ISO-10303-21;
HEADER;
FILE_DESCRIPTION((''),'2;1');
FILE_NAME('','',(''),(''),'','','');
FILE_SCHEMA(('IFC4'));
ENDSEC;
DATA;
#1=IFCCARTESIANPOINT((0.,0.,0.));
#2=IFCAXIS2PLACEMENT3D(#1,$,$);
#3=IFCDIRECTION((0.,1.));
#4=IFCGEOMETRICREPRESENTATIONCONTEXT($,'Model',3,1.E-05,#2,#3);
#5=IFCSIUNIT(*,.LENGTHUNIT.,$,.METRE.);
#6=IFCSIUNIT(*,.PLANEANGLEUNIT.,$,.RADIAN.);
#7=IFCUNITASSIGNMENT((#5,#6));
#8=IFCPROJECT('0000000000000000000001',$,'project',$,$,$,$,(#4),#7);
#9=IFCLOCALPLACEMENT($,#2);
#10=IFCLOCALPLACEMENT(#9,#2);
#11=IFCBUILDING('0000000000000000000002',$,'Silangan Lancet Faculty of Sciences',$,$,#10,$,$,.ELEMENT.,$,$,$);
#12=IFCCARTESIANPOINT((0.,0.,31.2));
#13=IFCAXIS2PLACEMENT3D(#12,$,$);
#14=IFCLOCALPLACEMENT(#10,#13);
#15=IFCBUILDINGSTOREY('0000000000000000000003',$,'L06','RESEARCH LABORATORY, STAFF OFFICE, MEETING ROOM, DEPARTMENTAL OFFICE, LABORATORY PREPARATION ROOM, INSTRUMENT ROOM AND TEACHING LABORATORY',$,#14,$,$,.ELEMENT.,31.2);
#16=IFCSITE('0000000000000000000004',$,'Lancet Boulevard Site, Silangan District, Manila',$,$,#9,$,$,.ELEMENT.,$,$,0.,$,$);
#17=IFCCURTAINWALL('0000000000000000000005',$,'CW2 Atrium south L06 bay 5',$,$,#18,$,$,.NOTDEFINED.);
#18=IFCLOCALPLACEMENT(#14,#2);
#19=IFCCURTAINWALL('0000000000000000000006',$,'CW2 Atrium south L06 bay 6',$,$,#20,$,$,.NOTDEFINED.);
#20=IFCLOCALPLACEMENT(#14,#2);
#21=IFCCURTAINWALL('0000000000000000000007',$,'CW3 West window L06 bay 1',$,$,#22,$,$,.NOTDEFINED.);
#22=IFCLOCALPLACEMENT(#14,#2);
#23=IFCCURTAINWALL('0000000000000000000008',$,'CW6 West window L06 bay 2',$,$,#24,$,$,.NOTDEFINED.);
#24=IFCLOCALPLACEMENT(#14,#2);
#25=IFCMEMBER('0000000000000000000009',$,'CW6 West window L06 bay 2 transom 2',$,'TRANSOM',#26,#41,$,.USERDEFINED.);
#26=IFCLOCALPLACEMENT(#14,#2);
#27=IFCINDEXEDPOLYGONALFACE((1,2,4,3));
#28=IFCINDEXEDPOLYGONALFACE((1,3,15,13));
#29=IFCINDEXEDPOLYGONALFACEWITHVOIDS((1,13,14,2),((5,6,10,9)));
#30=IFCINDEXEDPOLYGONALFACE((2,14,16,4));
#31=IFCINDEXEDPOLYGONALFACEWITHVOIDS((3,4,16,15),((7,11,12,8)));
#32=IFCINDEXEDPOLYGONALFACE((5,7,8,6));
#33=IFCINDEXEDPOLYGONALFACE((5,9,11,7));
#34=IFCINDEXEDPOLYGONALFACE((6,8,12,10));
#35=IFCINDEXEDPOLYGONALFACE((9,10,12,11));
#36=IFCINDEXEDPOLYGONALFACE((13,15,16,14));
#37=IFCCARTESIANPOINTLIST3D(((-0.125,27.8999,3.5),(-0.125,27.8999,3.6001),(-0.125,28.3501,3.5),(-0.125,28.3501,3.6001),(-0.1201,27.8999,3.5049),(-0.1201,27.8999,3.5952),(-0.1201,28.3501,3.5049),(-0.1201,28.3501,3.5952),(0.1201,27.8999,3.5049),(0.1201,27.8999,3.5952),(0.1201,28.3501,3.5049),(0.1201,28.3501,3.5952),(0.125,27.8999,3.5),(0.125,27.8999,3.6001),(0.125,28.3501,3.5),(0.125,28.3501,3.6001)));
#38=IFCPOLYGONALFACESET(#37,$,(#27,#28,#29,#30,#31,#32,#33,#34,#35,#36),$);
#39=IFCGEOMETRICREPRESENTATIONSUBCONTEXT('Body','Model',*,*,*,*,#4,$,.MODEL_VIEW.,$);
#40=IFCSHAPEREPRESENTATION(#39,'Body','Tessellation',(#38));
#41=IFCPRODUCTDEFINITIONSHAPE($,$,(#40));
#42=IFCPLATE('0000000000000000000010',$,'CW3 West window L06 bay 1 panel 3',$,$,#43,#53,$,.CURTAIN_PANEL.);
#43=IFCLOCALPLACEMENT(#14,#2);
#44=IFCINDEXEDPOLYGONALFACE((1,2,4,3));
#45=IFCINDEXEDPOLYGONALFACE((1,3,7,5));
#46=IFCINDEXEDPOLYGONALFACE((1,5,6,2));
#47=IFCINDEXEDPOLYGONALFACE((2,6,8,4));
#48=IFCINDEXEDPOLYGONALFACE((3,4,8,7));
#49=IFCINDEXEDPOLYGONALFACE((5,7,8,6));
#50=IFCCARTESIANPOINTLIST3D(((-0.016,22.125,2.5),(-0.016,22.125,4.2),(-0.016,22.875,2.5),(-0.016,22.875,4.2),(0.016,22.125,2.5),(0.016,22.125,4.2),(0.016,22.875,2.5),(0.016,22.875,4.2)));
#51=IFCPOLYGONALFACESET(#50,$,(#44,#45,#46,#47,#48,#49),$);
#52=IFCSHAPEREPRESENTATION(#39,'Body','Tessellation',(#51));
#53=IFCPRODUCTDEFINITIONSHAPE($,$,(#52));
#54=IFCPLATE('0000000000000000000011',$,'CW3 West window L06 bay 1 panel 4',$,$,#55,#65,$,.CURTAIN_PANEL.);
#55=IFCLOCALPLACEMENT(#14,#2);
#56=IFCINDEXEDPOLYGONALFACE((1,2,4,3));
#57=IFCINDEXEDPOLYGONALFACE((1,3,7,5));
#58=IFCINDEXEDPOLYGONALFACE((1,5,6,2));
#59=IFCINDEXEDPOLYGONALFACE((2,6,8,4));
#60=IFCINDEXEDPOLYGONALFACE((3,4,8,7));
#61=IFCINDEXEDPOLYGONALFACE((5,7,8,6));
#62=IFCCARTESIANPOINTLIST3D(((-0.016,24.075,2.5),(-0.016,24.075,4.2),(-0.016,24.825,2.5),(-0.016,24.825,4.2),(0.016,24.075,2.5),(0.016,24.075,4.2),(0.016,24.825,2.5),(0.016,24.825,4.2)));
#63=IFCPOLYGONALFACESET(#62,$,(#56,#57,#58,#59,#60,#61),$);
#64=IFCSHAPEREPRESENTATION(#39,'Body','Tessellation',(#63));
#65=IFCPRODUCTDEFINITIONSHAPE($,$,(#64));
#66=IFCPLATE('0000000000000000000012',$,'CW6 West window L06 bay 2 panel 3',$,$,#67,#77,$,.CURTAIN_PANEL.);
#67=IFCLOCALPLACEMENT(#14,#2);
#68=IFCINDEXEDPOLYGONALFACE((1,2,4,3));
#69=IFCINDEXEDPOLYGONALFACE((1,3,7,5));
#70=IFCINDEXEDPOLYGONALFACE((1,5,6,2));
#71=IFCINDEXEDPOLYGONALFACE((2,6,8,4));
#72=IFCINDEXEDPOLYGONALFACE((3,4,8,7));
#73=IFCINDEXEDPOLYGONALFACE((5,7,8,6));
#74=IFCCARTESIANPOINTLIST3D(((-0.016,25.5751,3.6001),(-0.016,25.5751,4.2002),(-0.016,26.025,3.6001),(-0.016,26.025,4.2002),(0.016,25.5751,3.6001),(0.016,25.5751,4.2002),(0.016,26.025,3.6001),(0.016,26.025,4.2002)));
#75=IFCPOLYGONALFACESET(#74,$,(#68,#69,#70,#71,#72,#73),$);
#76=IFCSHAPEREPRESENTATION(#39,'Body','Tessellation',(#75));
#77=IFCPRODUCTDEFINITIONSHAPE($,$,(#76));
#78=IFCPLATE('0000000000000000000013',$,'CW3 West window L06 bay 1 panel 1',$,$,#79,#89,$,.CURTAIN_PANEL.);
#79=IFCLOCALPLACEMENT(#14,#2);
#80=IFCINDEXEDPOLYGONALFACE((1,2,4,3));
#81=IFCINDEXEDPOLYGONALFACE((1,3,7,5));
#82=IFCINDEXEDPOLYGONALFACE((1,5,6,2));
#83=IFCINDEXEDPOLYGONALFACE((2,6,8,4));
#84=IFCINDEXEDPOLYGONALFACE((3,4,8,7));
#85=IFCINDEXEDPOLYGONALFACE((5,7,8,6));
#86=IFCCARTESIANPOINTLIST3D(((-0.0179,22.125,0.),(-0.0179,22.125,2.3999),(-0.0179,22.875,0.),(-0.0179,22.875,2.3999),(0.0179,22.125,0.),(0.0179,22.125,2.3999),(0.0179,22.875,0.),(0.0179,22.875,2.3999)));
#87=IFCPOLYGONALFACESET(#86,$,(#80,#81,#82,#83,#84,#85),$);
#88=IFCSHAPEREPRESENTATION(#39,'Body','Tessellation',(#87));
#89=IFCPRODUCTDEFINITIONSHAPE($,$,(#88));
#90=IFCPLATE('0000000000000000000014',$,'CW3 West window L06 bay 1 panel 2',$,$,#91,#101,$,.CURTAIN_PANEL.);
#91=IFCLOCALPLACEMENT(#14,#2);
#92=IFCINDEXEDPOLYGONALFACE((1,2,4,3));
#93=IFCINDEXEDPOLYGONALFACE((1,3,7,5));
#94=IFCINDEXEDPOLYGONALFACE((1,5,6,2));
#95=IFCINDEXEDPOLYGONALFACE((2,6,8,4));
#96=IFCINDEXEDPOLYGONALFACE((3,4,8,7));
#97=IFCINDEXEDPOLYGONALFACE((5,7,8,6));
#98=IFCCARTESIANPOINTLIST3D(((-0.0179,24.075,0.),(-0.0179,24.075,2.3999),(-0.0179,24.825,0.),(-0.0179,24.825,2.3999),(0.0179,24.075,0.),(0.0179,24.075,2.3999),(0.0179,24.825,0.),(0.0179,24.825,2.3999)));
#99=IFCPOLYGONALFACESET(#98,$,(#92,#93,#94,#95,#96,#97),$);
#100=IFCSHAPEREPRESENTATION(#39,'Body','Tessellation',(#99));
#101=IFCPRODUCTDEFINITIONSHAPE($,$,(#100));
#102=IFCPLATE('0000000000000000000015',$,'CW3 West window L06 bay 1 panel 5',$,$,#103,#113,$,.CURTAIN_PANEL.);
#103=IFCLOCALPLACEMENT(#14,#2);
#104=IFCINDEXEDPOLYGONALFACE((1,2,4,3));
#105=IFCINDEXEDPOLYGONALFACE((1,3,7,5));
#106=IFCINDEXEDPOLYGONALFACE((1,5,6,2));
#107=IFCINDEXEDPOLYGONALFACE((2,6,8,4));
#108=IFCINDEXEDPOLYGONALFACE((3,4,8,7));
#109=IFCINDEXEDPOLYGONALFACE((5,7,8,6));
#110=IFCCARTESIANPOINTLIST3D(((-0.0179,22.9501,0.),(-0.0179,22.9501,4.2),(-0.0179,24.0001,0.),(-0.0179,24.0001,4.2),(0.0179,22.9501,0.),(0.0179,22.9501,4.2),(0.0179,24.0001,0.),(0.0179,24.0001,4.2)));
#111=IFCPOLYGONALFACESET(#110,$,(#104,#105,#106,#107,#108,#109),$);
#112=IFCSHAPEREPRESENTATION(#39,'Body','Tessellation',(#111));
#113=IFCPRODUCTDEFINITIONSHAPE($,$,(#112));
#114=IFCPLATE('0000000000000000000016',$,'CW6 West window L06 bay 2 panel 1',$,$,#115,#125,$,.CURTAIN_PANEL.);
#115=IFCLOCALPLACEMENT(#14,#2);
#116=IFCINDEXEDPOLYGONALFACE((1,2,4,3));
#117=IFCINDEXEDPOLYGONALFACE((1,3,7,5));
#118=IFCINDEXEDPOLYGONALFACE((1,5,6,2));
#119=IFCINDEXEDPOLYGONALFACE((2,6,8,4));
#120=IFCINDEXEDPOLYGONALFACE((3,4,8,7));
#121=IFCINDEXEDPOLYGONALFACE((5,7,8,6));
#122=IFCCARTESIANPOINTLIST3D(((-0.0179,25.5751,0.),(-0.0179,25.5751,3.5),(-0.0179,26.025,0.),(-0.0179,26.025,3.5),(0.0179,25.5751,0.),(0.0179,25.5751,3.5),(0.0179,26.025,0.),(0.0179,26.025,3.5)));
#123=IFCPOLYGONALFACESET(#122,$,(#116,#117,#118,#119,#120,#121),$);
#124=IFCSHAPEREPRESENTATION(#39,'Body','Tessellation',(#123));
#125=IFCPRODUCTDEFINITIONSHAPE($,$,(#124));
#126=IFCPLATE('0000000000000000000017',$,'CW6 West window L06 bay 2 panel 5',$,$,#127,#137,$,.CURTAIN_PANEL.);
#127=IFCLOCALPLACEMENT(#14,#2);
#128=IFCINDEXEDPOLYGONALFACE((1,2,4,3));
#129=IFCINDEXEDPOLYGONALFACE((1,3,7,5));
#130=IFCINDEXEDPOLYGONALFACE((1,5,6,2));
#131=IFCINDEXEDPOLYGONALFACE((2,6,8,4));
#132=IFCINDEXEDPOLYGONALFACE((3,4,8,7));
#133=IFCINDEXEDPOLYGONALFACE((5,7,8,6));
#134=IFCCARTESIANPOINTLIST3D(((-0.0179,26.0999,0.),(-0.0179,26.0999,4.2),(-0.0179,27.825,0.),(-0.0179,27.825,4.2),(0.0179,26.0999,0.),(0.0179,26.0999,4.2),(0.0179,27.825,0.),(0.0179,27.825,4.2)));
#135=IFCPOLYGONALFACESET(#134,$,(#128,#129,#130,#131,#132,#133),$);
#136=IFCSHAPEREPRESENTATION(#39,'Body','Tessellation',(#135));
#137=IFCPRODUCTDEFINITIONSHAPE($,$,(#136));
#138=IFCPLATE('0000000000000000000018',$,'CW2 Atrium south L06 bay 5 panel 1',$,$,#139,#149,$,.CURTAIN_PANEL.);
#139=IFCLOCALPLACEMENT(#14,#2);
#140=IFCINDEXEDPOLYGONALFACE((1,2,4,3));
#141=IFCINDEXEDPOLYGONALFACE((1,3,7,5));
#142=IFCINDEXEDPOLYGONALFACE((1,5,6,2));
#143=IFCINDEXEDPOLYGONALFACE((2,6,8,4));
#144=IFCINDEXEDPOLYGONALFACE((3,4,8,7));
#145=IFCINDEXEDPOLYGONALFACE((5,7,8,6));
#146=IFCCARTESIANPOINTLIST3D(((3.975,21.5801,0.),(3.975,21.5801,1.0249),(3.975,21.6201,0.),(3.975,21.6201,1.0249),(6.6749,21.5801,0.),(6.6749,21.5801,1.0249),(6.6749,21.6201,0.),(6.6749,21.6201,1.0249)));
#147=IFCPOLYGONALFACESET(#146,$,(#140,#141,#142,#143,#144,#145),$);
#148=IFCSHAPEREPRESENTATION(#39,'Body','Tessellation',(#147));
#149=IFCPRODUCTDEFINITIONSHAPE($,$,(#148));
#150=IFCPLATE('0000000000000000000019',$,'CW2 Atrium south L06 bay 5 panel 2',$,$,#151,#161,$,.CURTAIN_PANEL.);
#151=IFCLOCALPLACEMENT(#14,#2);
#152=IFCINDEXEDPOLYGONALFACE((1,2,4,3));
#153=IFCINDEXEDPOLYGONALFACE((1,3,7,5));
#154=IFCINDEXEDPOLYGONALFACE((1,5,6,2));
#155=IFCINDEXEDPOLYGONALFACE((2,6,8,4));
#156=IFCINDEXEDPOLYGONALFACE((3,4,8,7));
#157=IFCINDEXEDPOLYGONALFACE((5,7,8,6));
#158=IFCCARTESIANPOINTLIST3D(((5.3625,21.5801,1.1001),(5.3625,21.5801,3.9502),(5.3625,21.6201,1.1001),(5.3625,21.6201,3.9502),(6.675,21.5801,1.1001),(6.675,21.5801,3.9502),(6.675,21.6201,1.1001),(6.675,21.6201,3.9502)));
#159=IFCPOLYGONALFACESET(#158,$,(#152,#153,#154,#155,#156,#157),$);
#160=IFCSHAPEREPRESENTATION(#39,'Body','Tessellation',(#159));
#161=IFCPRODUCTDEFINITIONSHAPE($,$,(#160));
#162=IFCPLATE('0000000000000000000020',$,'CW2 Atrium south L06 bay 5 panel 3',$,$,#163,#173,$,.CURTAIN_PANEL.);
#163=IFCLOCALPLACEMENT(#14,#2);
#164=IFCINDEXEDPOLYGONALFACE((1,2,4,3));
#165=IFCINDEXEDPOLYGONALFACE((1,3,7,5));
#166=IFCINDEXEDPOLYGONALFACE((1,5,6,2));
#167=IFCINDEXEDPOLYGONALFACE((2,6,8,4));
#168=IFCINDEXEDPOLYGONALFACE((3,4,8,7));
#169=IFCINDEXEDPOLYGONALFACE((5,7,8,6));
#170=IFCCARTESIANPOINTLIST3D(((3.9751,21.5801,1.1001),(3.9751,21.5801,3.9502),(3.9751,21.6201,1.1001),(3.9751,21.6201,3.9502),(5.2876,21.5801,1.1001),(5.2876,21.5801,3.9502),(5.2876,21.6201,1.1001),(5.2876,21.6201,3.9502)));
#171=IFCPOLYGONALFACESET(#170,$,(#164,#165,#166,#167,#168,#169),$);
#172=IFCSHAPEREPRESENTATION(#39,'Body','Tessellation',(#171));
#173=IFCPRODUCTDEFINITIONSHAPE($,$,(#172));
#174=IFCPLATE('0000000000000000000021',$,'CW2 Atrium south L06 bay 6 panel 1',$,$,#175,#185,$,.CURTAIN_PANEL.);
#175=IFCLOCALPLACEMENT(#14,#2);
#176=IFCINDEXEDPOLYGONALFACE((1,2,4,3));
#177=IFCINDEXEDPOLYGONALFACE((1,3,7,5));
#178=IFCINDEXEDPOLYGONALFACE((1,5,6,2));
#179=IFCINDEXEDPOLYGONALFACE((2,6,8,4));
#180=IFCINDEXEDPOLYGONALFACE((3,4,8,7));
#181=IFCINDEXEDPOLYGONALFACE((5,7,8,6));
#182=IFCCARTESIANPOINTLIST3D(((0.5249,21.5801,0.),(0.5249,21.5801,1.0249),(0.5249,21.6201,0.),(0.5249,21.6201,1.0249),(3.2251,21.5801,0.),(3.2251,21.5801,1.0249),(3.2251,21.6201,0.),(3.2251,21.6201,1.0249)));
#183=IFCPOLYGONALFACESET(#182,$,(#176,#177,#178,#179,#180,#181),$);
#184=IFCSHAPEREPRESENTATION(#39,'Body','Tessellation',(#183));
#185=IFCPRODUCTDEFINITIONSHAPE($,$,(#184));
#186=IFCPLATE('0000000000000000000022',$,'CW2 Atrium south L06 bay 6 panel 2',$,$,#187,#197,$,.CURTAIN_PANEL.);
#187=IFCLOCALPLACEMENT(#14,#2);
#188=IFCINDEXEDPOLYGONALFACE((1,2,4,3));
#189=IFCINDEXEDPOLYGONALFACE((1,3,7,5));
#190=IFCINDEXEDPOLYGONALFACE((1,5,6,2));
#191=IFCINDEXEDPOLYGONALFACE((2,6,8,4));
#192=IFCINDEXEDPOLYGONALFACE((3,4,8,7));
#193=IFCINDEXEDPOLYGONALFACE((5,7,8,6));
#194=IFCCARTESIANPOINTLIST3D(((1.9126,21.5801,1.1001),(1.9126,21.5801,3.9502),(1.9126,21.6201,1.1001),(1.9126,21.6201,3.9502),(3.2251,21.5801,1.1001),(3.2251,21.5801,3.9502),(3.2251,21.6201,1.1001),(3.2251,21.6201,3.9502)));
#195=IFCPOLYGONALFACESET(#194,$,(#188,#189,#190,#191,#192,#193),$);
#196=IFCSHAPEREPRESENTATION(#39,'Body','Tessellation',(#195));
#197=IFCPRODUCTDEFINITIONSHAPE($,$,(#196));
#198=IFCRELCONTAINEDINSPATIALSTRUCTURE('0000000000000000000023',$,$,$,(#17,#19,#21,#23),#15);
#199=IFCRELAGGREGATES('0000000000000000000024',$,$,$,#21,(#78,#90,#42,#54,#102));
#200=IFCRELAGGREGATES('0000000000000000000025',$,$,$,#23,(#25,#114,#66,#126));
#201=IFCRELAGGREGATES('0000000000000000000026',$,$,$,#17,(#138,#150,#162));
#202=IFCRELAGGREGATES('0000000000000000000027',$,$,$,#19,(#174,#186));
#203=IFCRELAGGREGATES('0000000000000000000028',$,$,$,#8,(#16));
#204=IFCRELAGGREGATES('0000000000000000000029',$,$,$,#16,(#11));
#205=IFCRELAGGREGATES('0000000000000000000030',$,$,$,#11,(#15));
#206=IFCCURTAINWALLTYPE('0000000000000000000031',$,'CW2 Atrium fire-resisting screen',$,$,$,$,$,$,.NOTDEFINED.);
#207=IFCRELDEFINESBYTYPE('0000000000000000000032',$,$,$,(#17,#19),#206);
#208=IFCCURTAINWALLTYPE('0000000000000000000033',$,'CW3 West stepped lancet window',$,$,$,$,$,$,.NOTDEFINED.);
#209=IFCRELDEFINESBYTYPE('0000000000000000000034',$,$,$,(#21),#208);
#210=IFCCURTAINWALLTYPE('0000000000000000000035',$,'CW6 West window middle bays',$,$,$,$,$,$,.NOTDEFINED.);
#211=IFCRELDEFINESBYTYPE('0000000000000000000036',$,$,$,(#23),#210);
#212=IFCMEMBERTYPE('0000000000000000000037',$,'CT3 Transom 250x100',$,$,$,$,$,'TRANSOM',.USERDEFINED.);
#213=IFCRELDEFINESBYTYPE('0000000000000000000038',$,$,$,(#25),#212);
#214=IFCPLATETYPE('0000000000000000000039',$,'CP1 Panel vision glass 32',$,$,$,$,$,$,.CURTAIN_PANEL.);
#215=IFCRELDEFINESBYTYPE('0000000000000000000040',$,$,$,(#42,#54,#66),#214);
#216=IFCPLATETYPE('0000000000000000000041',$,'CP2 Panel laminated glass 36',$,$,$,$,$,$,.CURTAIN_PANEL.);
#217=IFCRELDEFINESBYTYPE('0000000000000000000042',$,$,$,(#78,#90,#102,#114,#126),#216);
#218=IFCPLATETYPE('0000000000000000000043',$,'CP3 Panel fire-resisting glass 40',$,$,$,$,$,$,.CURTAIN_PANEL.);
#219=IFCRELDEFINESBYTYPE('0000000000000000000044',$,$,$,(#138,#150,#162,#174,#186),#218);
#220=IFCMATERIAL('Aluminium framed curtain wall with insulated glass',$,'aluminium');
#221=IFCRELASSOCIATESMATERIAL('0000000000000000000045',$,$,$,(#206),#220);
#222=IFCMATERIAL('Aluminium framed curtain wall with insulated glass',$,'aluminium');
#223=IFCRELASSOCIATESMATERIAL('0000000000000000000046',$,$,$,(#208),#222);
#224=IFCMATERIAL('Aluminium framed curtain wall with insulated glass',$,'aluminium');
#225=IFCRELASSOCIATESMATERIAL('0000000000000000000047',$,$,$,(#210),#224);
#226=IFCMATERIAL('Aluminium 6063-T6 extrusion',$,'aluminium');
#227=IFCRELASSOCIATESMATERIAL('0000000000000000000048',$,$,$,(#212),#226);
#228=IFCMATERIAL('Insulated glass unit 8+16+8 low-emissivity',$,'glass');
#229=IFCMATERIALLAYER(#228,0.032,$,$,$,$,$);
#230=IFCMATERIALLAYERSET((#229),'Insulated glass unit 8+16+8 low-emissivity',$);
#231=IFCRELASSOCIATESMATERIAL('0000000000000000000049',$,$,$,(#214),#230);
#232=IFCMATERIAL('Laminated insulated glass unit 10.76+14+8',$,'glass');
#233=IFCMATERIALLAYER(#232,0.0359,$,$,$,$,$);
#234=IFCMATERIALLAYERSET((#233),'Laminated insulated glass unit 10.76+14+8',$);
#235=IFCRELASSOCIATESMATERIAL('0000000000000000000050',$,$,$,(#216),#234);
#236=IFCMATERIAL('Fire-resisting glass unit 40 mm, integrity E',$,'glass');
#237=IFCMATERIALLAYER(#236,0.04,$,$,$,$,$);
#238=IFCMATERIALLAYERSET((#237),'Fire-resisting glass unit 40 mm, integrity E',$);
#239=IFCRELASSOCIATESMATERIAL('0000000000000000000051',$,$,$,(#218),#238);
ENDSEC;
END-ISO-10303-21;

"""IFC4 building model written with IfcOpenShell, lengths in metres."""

from ifc_helpers import new_model, si_unit, direction, frame, origin, origin_2d, place, context, subcontext, project, spatial, rectangle, hollow_rectangle, extrude, material, layer, layer_set, material_profile, profile_set, type_object, element, aggregate, save


model = new_model("IFC4")

# Units and contexts
model_context = context("Model", 3, precision=1e-05, world=origin(), true_north=direction((0.0, 1.0)))
body_context = subcontext(model_context, "Body", "Model", "MODEL_VIEW")
ifc_project = project(units=[si_unit("LENGTHUNIT", "METRE"), si_unit("PLANEANGLEUNIT", "RADIAN")], contexts=[model_context])

# Site, building, storey
site_placement = place(None, origin())
site = spatial("IfcSite", under=ifc_project, at=site_placement, Name="Lancet Boulevard Site, Silangan District, Manila", CompositionType="ELEMENT", RefElevation=0.0)
building_placement = place(site_placement, origin())
building = spatial("IfcBuilding", under=site, at=building_placement, Name="Silangan Lancet Faculty of Sciences", CompositionType="ELEMENT")
storey_placement = place(building_placement, frame((0.0, 0.0, 31.2)))
storey = spatial("IfcBuildingStorey", under=building, at=storey_placement, Name="L06", Description="RESEARCH LABORATORY, STAFF OFFICE, MEETING ROOM, DEPARTMENTAL OFFICE, LABORATORY PREPARATION ROOM, INSTRUMENT ROOM AND TEACHING LABORATORY", CompositionType="ELEMENT", Elevation=31.2)

# Curtain walls
ifc_material_1 = material(Name="Aluminium framed curtain wall with insulated glass", Category="aluminium")
curtain_wall_type_1 = type_object("IfcCurtainWallType", Name="CW2 Atrium fire-resisting screen", PredefinedType="NOTDEFINED", material=ifc_material_1)
curtain_wall_1_placement = place(storey_placement, origin())
curtain_wall_1 = element("IfcCurtainWall", 1, at=curtain_wall_1_placement, inside=storey, type_object=curtain_wall_type_1, Name="CW2 Atrium south L06 bay 5", PredefinedType="NOTDEFINED")
curtain_wall_2_placement = place(storey_placement, origin())
curtain_wall_2 = element("IfcCurtainWall", 2, at=curtain_wall_2_placement, inside=storey, type_object=curtain_wall_type_1, Name="CW2 Atrium south L06 bay 6", PredefinedType="NOTDEFINED")
ifc_material_2 = material(Name="Aluminium framed curtain wall with insulated glass", Category="aluminium")
curtain_wall_type_2 = type_object("IfcCurtainWallType", Name="CW3 West stepped lancet window", PredefinedType="NOTDEFINED", material=ifc_material_2)
curtain_wall_3_placement = place(storey_placement, origin())
curtain_wall_3 = element("IfcCurtainWall", 3, at=curtain_wall_3_placement, inside=storey, type_object=curtain_wall_type_2, Name="CW3 West window L06 bay 1", PredefinedType="NOTDEFINED")
ifc_material_3 = material(Name="Aluminium framed curtain wall with insulated glass", Category="aluminium")
curtain_wall_type_3 = type_object("IfcCurtainWallType", Name="CW6 West window middle bays", PredefinedType="NOTDEFINED", material=ifc_material_3)
curtain_wall_4_placement = place(storey_placement, origin())
curtain_wall_4 = element("IfcCurtainWall", 4, at=curtain_wall_4_placement, inside=storey, type_object=curtain_wall_type_3, Name="CW6 West window L06 bay 2", PredefinedType="NOTDEFINED")

# Member
ifc_material_4 = material(Name="Aluminium 6063-T6 extrusion", Category="aluminium")
ifc_material_profile_1 = material_profile(ifc_material_4, hollow_rectangle(XDim=0.25, YDim=0.1001, WallThickness=0.0049, at=origin_2d()), Name="AL BOX 250x100x5")
ifc_profile_set_1 = profile_set([ifc_material_profile_1], Name="Aluminium 6063-T6 extrusion")
member_type_1 = type_object("IfcMemberType", Name="CT3 Transom 250x100", ElementType="TRANSOM", PredefinedType="USERDEFINED", material=ifc_profile_set_1)
member_1_placement = place(storey_placement, frame((0.0, 27.8999, 3.55), z_axis=(0.0, 1.0, 0.0), x_axis=(-1.0, 0.0, 0.0)))
member_1 = element("IfcMember", 5, at=member_1_placement, type_object=member_type_1, Name="CW6 West window L06 bay 2 transom 2", ObjectType="TRANSOM", PredefinedType="USERDEFINED", context=body_context, shape_type="SweptSolid", body=[
    extrude(hollow_rectangle(XDim=0.25, YDim=0.1001, WallThickness=0.0049, at=origin_2d()), origin(), (0.0, 0.0, 1.0), 0.4502),
])

# Plates
ifc_material_5 = material(Name="Insulated glass unit 8+16+8 low-emissivity", Category="glass")
ifc_layer_1 = layer(ifc_material_5, 0.032)
ifc_layer_set_1 = layer_set([ifc_layer_1], Name="Insulated glass unit 8+16+8 low-emissivity")
plate_type_1 = type_object("IfcPlateType", Name="CP1 Panel vision glass 32", PredefinedType="CURTAIN_PANEL", material=ifc_layer_set_1)
plate_1_placement = place(storey_placement, frame((0.0, 22.5, 2.5), z_axis=(0.0, 0.0, 1.0), x_axis=(0.0, 1.0, 0.0)))
plate_1 = element("IfcPlate", 6, at=plate_1_placement, type_object=plate_type_1, Name="CW3 West window L06 bay 1 panel 3", PredefinedType="CURTAIN_PANEL", context=body_context, shape_type="SweptSolid", body=[
    extrude(rectangle(XDim=0.75, YDim=0.032, at=origin_2d()), origin(), (0.0, 0.0, 1.0), 1.7),
])
plate_2_placement = place(storey_placement, frame((0.0, 24.45, 2.5), z_axis=(0.0, 0.0, 1.0), x_axis=(0.0, 1.0, 0.0)))
plate_2 = element("IfcPlate", 7, at=plate_2_placement, type_object=plate_type_1, Name="CW3 West window L06 bay 1 panel 4", PredefinedType="CURTAIN_PANEL", context=body_context, shape_type="SweptSolid", body=[
    extrude(rectangle(XDim=0.75, YDim=0.032, at=origin_2d()), origin(), (0.0, 0.0, 1.0), 1.7),
])
plate_3_placement = place(storey_placement, frame((0.0, 25.8, 3.6001), z_axis=(0.0, 0.0, 1.0), x_axis=(0.0, 1.0, 0.0)))
plate_3 = element("IfcPlate", 8, at=plate_3_placement, type_object=plate_type_1, Name="CW6 West window L06 bay 2 panel 3", PredefinedType="CURTAIN_PANEL", context=body_context, shape_type="SweptSolid", body=[
    extrude(rectangle(XDim=0.45, YDim=0.032, at=origin_2d()), origin(), (0.0, 0.0, 1.0), 0.6001),
])
ifc_material_6 = material(Name="Laminated insulated glass unit 10.76+14+8", Category="glass")
ifc_layer_2 = layer(ifc_material_6, 0.0359)
ifc_layer_set_2 = layer_set([ifc_layer_2], Name="Laminated insulated glass unit 10.76+14+8")
plate_type_2 = type_object("IfcPlateType", Name="CP2 Panel laminated glass 36", PredefinedType="CURTAIN_PANEL", material=ifc_layer_set_2)
plate_4_placement = place(storey_placement, frame((0.0, 22.5, 0.0), z_axis=(0.0, 0.0, 1.0), x_axis=(0.0, 1.0, 0.0)))
plate_4 = element("IfcPlate", 9, at=plate_4_placement, type_object=plate_type_2, Name="CW3 West window L06 bay 1 panel 1", PredefinedType="CURTAIN_PANEL", context=body_context, shape_type="SweptSolid", body=[
    extrude(rectangle(XDim=0.75, YDim=0.0359, at=origin_2d()), origin(), (0.0, 0.0, 1.0), 2.3999),
])
plate_5_placement = place(storey_placement, frame((0.0, 24.45, 0.0), z_axis=(0.0, 0.0, 1.0), x_axis=(0.0, 1.0, 0.0)))
plate_5 = element("IfcPlate", 10, at=plate_5_placement, type_object=plate_type_2, Name="CW3 West window L06 bay 1 panel 2", PredefinedType="CURTAIN_PANEL", context=body_context, shape_type="SweptSolid", body=[
    extrude(rectangle(XDim=0.75, YDim=0.0359, at=origin_2d()), origin(), (0.0, 0.0, 1.0), 2.3999),
])
plate_6_placement = place(storey_placement, frame((0.0, 23.4751, 0.0), z_axis=(0.0, 0.0, 1.0), x_axis=(0.0, 1.0, 0.0)))
plate_6 = element("IfcPlate", 11, at=plate_6_placement, type_object=plate_type_2, Name="CW3 West window L06 bay 1 panel 5", PredefinedType="CURTAIN_PANEL", context=body_context, shape_type="SweptSolid", body=[
    extrude(rectangle(XDim=1.05, YDim=0.0359, at=origin_2d()), origin(), (0.0, 0.0, 1.0), 4.2),
])
aggregate(curtain_wall_3, [plate_4, plate_5, plate_1, plate_2, plate_6])
plate_7_placement = place(storey_placement, frame((0.0, 25.8, 0.0), z_axis=(0.0, 0.0, 1.0), x_axis=(0.0, 1.0, 0.0)))
plate_7 = element("IfcPlate", 12, at=plate_7_placement, type_object=plate_type_2, Name="CW6 West window L06 bay 2 panel 1", PredefinedType="CURTAIN_PANEL", context=body_context, shape_type="SweptSolid", body=[
    extrude(rectangle(XDim=0.45, YDim=0.0359, at=origin_2d()), origin(), (0.0, 0.0, 1.0), 3.5),
])
plate_8_placement = place(storey_placement, frame((0.0, 26.9624, 0.0), z_axis=(0.0, 0.0, 1.0), x_axis=(0.0, 1.0, 0.0)))
plate_8 = element("IfcPlate", 13, at=plate_8_placement, type_object=plate_type_2, Name="CW6 West window L06 bay 2 panel 5", PredefinedType="CURTAIN_PANEL", context=body_context, shape_type="SweptSolid", body=[
    extrude(rectangle(XDim=1.7251, YDim=0.0359, at=origin_2d()), origin(), (0.0, 0.0, 1.0), 4.2),
])
aggregate(curtain_wall_4, [member_1, plate_7, plate_3, plate_8])
ifc_material_7 = material(Name="Fire-resisting glass unit 40 mm, integrity E", Category="glass")
ifc_layer_3 = layer(ifc_material_7, 0.04)
ifc_layer_set_3 = layer_set([ifc_layer_3], Name="Fire-resisting glass unit 40 mm, integrity E")
plate_type_3 = type_object("IfcPlateType", Name="CP3 Panel fire-resisting glass 40", PredefinedType="CURTAIN_PANEL", material=ifc_layer_set_3)
plate_9_placement = place(storey_placement, frame((5.325, 21.6001, 0.0), z_axis=(0.0, 0.0, 1.0), x_axis=(-1.0, 0.0, 0.0)))
plate_9 = element("IfcPlate", 14, at=plate_9_placement, type_object=plate_type_3, Name="CW2 Atrium south L06 bay 5 panel 1", PredefinedType="CURTAIN_PANEL", context=body_context, shape_type="SweptSolid", body=[
    extrude(rectangle(XDim=2.7, YDim=0.04, at=origin_2d()), origin(), (0.0, 0.0, 1.0), 1.0249),
])
plate_10_placement = place(storey_placement, frame((6.0188, 21.6001, 1.1001), z_axis=(0.0, 0.0, 1.0), x_axis=(-1.0, 0.0, 0.0)))
plate_10 = element("IfcPlate", 15, at=plate_10_placement, type_object=plate_type_3, Name="CW2 Atrium south L06 bay 5 panel 2", PredefinedType="CURTAIN_PANEL", context=body_context, shape_type="SweptSolid", body=[
    extrude(rectangle(XDim=1.3125, YDim=0.04, at=origin_2d()), origin(), (0.0, 0.0, 1.0), 2.8501),
])
plate_11_placement = place(storey_placement, frame((4.6313, 21.6001, 1.1001), z_axis=(0.0, 0.0, 1.0), x_axis=(-1.0, 0.0, 0.0)))
plate_11 = element("IfcPlate", 16, at=plate_11_placement, type_object=plate_type_3, Name="CW2 Atrium south L06 bay 5 panel 3", PredefinedType="CURTAIN_PANEL", context=body_context, shape_type="SweptSolid", body=[
    extrude(rectangle(XDim=1.3125, YDim=0.04, at=origin_2d()), origin(), (0.0, 0.0, 1.0), 2.8501),
])
aggregate(curtain_wall_1, [plate_9, plate_10, plate_11])
plate_12_placement = place(storey_placement, frame((1.875, 21.6001, 0.0), z_axis=(0.0, 0.0, 1.0), x_axis=(-1.0, 0.0, 0.0)))
plate_12 = element("IfcPlate", 17, at=plate_12_placement, type_object=plate_type_3, Name="CW2 Atrium south L06 bay 6 panel 1", PredefinedType="CURTAIN_PANEL", context=body_context, shape_type="SweptSolid", body=[
    extrude(rectangle(XDim=2.7002, YDim=0.04, at=origin_2d()), origin(), (0.0, 0.0, 1.0), 1.0249),
])
plate_13_placement = place(storey_placement, frame((2.5688, 21.6001, 1.1001), z_axis=(0.0, 0.0, 1.0), x_axis=(-1.0, 0.0, 0.0)))
plate_13 = element("IfcPlate", 18, at=plate_13_placement, type_object=plate_type_3, Name="CW2 Atrium south L06 bay 6 panel 2", PredefinedType="CURTAIN_PANEL", context=body_context, shape_type="SweptSolid", body=[
    extrude(rectangle(XDim=1.3125, YDim=0.04, at=origin_2d()), origin(), (0.0, 0.0, 1.0), 2.8501),
])
aggregate(curtain_wall_2, [plate_12, plate_13])

save(model, "model.ifc")
